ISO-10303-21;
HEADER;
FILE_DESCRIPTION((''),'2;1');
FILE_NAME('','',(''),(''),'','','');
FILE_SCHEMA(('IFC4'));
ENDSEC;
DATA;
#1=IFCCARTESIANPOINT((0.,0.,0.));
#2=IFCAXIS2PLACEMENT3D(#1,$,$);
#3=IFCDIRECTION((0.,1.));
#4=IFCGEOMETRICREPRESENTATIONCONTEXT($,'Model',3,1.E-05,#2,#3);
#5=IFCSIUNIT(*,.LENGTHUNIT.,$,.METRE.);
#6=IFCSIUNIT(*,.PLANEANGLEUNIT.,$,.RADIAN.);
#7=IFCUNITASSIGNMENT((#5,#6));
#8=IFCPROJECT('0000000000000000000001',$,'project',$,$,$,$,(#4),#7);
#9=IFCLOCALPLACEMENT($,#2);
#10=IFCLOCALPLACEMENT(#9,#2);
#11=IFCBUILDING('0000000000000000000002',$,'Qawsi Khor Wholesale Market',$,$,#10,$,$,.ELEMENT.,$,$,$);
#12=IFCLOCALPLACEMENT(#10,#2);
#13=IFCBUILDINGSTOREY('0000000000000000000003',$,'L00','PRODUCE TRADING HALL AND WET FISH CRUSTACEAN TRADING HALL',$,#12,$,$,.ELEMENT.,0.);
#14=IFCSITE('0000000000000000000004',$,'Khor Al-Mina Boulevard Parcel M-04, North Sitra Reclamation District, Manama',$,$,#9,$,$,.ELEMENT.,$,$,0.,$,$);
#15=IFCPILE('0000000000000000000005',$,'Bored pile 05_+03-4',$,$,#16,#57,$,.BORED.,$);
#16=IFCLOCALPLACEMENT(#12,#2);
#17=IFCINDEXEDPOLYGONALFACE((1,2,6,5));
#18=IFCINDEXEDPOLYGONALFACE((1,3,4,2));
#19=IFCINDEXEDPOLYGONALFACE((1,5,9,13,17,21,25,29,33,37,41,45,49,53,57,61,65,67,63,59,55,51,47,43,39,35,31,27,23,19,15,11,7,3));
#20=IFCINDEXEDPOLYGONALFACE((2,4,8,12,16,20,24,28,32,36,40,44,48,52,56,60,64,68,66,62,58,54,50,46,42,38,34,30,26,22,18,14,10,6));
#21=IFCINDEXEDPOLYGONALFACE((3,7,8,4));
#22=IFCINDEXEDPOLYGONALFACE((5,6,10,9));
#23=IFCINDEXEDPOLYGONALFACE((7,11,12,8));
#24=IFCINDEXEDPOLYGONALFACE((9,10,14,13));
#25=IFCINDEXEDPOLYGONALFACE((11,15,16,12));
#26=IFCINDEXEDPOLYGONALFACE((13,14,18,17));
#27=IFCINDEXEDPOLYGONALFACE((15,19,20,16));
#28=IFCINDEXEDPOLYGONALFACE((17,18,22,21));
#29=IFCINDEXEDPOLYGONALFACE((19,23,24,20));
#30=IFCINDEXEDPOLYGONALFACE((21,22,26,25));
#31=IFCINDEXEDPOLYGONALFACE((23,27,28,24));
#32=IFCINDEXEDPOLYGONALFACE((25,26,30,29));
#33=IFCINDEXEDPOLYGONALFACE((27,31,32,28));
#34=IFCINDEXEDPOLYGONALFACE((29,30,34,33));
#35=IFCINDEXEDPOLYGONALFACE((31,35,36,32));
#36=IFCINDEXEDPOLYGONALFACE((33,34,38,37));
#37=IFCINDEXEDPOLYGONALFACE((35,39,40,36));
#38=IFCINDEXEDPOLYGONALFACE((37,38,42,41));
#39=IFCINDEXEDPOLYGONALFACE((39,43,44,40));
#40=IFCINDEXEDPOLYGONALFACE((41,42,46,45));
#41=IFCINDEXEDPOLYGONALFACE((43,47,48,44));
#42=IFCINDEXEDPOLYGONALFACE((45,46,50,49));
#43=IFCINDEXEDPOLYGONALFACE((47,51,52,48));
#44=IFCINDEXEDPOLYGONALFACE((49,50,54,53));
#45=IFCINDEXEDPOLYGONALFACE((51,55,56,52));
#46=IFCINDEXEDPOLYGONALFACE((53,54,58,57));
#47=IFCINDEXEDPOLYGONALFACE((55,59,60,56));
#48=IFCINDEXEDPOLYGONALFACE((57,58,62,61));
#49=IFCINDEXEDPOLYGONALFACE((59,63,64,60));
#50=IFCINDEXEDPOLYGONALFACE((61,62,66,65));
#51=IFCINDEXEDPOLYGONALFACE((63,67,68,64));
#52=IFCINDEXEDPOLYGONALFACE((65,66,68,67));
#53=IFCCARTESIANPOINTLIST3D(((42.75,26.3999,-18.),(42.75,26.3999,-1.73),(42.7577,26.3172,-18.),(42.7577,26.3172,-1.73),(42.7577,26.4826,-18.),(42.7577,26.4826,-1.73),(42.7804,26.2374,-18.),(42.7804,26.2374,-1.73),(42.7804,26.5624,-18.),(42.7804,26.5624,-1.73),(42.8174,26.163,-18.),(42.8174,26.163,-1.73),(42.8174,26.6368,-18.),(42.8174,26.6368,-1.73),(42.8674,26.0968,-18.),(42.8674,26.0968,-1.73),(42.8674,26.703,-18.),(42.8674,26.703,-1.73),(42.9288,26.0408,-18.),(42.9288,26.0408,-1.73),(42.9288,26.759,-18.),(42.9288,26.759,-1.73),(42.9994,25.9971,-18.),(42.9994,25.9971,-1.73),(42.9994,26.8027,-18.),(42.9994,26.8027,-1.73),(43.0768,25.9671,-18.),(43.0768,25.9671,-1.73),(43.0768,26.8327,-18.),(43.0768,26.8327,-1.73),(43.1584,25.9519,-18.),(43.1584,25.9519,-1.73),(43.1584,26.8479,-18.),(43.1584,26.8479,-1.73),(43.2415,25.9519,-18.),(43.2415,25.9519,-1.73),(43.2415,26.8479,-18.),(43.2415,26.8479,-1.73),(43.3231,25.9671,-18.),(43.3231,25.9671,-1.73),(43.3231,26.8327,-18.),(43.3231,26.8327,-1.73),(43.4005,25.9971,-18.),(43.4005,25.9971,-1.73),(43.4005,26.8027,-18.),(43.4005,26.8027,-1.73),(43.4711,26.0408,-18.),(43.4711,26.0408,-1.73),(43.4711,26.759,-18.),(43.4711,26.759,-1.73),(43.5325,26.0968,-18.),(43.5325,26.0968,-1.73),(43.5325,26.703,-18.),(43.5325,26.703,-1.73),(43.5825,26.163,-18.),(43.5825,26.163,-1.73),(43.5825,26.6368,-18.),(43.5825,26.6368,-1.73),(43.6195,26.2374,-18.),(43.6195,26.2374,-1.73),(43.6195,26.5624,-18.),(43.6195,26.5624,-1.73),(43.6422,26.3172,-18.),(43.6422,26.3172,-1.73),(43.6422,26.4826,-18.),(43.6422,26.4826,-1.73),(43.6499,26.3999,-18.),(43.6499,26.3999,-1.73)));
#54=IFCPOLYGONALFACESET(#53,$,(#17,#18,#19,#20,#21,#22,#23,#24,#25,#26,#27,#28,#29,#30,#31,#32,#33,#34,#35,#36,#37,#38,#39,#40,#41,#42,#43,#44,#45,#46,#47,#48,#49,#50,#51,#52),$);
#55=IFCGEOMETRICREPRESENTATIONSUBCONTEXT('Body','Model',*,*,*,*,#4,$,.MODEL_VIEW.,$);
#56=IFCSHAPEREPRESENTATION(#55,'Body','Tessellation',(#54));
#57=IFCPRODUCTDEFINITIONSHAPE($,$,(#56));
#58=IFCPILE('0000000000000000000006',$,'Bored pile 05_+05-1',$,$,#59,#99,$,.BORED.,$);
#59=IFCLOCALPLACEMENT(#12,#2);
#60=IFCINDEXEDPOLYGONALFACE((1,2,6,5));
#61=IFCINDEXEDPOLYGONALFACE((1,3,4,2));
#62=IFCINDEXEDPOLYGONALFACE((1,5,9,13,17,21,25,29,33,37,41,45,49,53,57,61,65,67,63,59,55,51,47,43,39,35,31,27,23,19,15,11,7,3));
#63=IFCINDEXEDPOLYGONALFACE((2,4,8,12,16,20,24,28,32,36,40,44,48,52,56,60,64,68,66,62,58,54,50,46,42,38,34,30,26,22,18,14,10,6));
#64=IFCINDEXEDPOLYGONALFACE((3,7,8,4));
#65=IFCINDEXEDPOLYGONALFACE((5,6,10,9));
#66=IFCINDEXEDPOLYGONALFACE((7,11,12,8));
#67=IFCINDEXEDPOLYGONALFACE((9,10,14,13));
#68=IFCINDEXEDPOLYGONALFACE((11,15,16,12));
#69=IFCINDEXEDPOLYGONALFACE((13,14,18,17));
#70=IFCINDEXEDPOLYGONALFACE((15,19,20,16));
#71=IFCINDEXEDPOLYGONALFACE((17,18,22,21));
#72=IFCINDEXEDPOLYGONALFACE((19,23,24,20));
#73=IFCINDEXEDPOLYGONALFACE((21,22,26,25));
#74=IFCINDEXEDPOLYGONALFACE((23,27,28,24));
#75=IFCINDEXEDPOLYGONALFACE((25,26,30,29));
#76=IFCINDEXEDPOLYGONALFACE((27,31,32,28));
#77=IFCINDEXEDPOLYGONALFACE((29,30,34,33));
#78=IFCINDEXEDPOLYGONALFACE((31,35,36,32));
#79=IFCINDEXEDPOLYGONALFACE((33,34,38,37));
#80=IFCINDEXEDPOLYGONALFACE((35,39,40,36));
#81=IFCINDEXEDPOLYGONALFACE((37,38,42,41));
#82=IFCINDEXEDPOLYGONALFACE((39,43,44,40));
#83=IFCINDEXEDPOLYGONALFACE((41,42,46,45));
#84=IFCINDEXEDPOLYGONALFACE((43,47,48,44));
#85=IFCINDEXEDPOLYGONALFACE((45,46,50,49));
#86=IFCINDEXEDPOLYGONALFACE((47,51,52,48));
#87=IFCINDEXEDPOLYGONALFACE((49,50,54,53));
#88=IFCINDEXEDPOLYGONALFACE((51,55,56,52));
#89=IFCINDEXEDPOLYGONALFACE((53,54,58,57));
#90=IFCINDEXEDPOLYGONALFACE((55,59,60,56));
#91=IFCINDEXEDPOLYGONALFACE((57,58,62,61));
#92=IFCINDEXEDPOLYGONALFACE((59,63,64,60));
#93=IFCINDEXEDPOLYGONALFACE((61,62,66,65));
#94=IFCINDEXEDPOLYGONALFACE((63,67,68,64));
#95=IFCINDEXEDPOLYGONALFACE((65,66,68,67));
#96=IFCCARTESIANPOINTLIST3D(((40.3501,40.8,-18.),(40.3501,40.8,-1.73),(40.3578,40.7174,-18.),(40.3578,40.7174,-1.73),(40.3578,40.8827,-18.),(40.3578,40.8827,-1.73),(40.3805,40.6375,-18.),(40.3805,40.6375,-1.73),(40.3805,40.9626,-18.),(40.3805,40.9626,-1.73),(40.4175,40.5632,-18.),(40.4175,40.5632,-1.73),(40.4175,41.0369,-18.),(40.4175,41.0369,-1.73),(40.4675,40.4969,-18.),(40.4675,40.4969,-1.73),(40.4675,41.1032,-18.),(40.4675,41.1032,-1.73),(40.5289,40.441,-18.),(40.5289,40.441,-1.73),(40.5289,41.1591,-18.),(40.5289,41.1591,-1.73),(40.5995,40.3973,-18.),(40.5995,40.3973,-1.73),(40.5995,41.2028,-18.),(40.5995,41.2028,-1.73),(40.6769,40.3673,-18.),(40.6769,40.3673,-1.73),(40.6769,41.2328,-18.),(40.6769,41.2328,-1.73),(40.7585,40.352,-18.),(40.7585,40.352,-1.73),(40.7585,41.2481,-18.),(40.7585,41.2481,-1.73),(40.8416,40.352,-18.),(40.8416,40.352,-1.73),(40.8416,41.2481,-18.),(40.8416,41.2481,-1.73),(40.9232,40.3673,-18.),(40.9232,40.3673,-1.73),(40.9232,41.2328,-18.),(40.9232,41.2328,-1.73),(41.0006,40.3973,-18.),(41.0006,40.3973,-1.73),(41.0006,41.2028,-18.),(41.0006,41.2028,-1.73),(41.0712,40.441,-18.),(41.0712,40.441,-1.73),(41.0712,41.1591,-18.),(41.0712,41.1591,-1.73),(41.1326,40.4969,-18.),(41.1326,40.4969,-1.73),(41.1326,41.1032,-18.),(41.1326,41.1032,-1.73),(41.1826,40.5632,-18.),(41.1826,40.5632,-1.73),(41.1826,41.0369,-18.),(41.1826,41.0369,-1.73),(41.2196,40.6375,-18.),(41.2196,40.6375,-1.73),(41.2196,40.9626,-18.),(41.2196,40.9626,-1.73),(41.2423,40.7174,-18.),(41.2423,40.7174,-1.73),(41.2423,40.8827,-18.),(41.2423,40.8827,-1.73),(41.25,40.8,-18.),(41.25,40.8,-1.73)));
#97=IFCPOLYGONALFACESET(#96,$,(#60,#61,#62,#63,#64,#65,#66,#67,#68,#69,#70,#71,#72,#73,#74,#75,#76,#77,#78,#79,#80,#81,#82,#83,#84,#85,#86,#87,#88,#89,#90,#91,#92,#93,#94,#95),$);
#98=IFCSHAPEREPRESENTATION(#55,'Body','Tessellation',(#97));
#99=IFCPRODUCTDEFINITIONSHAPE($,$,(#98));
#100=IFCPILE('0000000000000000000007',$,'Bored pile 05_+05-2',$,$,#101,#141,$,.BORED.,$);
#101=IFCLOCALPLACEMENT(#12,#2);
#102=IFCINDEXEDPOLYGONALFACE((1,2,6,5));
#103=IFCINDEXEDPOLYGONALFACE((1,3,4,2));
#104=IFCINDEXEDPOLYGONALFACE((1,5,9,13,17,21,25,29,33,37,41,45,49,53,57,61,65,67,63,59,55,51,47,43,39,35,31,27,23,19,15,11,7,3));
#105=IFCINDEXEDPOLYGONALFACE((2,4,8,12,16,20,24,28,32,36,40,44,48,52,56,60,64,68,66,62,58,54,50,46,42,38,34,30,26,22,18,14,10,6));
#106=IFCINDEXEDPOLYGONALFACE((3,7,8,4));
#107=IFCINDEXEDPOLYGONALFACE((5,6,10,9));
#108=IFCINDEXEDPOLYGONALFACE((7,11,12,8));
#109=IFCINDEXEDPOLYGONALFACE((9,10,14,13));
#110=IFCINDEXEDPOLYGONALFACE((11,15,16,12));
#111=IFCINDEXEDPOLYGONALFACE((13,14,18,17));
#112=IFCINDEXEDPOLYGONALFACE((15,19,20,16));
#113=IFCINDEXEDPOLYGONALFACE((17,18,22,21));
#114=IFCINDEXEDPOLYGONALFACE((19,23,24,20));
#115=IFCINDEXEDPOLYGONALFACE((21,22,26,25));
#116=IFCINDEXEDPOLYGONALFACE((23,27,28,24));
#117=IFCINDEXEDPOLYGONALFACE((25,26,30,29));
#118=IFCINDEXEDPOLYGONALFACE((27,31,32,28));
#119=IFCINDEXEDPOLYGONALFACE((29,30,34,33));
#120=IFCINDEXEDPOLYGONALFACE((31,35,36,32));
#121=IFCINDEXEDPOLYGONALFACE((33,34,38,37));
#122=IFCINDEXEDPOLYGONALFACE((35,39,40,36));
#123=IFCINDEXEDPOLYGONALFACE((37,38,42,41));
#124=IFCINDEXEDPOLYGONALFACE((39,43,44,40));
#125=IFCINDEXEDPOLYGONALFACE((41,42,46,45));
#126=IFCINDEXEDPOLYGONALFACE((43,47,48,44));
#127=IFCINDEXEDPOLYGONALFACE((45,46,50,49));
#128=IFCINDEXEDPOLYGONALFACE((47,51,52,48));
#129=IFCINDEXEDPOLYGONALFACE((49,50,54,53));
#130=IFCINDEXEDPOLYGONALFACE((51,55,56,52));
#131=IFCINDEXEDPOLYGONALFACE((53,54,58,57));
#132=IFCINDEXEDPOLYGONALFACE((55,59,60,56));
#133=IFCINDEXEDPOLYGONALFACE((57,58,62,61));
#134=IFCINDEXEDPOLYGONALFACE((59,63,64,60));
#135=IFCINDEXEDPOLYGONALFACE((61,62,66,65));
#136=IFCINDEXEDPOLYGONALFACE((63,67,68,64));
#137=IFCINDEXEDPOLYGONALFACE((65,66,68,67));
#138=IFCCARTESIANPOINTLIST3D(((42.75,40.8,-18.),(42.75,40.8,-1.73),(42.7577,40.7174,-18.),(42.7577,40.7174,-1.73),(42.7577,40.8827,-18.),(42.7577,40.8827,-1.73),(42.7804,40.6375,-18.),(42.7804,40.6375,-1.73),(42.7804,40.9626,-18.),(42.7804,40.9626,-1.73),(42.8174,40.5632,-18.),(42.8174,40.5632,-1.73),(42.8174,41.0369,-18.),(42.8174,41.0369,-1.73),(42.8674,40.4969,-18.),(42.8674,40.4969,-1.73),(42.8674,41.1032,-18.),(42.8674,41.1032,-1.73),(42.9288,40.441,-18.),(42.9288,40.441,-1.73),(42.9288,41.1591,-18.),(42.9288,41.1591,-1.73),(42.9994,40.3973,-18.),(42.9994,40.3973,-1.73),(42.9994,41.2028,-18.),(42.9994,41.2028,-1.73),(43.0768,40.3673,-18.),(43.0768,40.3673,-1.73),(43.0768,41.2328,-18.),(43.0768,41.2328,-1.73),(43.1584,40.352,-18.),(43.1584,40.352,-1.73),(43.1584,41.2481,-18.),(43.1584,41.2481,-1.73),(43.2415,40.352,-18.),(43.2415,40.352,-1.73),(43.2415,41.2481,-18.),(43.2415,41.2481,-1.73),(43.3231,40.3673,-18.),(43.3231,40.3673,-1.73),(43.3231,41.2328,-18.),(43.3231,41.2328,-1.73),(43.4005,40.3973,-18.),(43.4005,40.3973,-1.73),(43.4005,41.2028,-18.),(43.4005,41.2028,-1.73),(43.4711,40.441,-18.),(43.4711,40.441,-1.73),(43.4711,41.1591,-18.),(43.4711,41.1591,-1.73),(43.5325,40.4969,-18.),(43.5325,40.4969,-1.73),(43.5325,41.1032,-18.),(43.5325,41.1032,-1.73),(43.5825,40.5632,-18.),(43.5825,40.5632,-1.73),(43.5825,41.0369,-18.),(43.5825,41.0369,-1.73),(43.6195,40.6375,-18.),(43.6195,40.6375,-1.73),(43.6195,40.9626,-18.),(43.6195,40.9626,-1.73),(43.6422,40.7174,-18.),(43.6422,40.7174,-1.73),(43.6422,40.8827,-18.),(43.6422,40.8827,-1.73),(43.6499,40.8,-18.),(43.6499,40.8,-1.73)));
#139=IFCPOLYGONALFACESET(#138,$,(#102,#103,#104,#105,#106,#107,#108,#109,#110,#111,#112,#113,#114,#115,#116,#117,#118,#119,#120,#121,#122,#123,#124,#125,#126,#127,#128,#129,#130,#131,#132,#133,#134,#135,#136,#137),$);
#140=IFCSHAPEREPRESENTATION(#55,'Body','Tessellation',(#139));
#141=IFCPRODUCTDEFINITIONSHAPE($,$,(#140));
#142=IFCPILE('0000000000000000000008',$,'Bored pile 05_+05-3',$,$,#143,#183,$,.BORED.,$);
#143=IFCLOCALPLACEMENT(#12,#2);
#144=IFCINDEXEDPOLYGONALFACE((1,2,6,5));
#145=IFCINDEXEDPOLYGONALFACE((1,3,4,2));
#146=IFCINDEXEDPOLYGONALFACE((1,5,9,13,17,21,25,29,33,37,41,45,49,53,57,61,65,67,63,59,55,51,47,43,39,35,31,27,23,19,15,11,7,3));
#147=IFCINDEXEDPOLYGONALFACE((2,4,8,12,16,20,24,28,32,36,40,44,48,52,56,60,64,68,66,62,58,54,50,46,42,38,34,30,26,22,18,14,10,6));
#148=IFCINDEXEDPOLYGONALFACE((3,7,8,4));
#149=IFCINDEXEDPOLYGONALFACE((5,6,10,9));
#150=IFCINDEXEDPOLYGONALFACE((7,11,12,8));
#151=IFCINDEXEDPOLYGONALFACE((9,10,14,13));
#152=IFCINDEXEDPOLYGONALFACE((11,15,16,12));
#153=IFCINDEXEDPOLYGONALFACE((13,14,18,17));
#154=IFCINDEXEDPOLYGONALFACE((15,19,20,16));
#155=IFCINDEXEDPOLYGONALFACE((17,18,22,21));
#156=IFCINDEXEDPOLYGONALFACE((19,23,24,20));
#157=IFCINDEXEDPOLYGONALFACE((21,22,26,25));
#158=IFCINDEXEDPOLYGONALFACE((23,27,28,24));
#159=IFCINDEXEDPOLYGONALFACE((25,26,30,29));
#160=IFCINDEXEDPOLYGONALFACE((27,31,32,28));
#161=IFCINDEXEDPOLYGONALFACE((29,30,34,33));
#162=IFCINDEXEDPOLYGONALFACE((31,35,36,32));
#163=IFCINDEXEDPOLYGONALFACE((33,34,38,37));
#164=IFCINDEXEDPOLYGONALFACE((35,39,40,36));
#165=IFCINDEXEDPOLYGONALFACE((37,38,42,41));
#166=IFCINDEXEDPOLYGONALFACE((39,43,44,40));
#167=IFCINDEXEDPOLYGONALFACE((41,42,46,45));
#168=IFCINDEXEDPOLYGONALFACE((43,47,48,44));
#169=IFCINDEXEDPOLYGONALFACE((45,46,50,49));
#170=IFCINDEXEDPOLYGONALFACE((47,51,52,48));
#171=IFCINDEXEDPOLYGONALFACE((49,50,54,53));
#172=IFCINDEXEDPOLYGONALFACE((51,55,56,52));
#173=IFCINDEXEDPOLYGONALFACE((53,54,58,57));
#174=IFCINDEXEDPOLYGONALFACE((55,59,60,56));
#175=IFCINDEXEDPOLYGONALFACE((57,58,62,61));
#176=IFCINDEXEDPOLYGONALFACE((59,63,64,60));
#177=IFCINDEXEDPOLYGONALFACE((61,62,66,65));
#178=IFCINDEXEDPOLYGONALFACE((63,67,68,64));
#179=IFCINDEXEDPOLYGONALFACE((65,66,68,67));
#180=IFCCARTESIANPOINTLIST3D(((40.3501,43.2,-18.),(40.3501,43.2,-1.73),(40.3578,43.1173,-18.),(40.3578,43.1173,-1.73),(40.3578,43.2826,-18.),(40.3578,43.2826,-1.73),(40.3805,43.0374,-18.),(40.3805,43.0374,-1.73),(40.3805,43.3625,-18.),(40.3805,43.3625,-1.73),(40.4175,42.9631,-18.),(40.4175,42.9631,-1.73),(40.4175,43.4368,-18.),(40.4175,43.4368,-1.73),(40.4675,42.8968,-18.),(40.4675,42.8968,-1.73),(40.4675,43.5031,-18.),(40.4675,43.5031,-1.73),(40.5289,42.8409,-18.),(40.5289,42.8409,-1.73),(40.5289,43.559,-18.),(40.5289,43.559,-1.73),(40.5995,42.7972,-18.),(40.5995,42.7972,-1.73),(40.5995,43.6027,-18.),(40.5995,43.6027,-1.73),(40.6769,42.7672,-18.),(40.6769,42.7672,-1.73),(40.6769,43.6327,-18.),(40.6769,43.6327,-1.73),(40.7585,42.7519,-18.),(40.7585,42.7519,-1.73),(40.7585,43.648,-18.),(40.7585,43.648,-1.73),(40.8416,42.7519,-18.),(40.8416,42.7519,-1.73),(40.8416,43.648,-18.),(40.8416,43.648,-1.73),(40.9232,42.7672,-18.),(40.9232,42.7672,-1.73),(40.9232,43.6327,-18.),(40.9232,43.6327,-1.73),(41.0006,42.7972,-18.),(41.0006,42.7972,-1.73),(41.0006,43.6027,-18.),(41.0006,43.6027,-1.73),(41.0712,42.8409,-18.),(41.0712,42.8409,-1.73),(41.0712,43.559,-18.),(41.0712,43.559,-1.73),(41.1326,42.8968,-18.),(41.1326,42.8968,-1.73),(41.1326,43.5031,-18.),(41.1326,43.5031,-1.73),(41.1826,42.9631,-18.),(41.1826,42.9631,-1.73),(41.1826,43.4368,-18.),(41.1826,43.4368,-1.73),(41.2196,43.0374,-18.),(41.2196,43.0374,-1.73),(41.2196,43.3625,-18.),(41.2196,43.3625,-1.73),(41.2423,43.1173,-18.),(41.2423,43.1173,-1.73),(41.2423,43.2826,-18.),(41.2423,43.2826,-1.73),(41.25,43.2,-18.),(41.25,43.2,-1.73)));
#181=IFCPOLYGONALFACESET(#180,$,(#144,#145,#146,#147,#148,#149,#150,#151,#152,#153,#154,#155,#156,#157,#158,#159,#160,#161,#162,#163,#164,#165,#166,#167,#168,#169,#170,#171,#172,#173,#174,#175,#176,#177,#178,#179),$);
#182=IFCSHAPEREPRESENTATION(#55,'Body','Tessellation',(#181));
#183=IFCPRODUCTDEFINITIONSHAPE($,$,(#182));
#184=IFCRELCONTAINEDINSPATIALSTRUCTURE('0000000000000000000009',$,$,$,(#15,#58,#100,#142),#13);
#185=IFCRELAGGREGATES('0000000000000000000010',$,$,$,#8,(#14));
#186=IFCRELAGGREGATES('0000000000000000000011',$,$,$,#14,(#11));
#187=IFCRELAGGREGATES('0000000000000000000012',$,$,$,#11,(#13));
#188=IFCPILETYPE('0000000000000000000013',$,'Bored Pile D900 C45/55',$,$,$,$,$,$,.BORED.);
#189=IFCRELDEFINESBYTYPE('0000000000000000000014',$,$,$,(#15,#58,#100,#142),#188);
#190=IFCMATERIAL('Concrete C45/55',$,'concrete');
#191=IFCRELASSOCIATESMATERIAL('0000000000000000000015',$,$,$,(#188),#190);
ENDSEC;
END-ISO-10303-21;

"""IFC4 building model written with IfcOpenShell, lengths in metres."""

from ifc_helpers import new_model, si_unit, direction, frame, origin, origin_2d, place, context, subcontext, project, spatial, circle, extrude, material, material_profile, profile_set, type_object, element, save


model = new_model("IFC4")

# Units and contexts
model_context = context("Model", 3, precision=1e-05, world=origin(), true_north=direction((0.0, 1.0)))
body_context = subcontext(model_context, "Body", "Model", "MODEL_VIEW")
ifc_project = project(units=[si_unit("LENGTHUNIT", "METRE"), si_unit("PLANEANGLEUNIT", "RADIAN")], contexts=[model_context])

# Site, building, storey
site_placement = place(None, origin())
site = spatial("IfcSite", under=ifc_project, at=site_placement, Name="Khor Al-Mina Boulevard Parcel M-04, North Sitra Reclamation District, Manama", CompositionType="ELEMENT", RefElevation=0.0)
building_placement = place(site_placement, origin())
building = spatial("IfcBuilding", under=site, at=building_placement, Name="Qawsi Khor Wholesale Market", CompositionType="ELEMENT")
storey_placement = place(building_placement, origin())
storey = spatial("IfcBuildingStorey", under=building, at=storey_placement, Name="L00", Description="PRODUCE TRADING HALL AND WET FISH CRUSTACEAN TRADING HALL", CompositionType="ELEMENT", Elevation=0.0)

# Piles
ifc_material_1 = material(Name="Concrete C45/55", Category="concrete")
ifc_material_profile_1 = material_profile(ifc_material_1, circle(Radius=0.45, at=origin_2d()), Name="PILE D900")
ifc_profile_set_1 = profile_set([ifc_material_profile_1], Name="Concrete C45/55")
pile_type_1 = type_object("IfcPileType", Name="Bored Pile D900 C45/55", PredefinedType="BORED", material=ifc_profile_set_1)
for number, where, z_axis, x_axis, name in (
    (1, (43.2, 26.3999, -1.73), (0.0, 0.0, -1.0), (1.0, 0.0, 0.0), "Bored pile 05_+03-4"),
    (2, (40.8, 40.8, -1.73), (0.0, 0.0, -1.0), (1.0, 0.0, 0.0), "Bored pile 05_+05-1"),
    (3, (43.2, 40.8, -1.73), (0.0, 0.0, -1.0), (1.0, 0.0, 0.0), "Bored pile 05_+05-2"),
    (4, (40.8, 43.2, -1.73), (0.0, 0.0, -1.0), (1.0, 0.0, 0.0), "Bored pile 05_+05-3"),
):
    element("IfcPile", number, at=place(storey_placement, frame(where, z_axis=z_axis, x_axis=x_axis)), inside=storey, type_object=pile_type_1, Name=name, PredefinedType="BORED", context=body_context, shape_type="SweptSolid", body=[
        extrude(circle(Radius=0.45, at=origin_2d()), origin(), (0.0, 0.0, 1.0), 16.27),
    ])

save(model, "model.ifc")
